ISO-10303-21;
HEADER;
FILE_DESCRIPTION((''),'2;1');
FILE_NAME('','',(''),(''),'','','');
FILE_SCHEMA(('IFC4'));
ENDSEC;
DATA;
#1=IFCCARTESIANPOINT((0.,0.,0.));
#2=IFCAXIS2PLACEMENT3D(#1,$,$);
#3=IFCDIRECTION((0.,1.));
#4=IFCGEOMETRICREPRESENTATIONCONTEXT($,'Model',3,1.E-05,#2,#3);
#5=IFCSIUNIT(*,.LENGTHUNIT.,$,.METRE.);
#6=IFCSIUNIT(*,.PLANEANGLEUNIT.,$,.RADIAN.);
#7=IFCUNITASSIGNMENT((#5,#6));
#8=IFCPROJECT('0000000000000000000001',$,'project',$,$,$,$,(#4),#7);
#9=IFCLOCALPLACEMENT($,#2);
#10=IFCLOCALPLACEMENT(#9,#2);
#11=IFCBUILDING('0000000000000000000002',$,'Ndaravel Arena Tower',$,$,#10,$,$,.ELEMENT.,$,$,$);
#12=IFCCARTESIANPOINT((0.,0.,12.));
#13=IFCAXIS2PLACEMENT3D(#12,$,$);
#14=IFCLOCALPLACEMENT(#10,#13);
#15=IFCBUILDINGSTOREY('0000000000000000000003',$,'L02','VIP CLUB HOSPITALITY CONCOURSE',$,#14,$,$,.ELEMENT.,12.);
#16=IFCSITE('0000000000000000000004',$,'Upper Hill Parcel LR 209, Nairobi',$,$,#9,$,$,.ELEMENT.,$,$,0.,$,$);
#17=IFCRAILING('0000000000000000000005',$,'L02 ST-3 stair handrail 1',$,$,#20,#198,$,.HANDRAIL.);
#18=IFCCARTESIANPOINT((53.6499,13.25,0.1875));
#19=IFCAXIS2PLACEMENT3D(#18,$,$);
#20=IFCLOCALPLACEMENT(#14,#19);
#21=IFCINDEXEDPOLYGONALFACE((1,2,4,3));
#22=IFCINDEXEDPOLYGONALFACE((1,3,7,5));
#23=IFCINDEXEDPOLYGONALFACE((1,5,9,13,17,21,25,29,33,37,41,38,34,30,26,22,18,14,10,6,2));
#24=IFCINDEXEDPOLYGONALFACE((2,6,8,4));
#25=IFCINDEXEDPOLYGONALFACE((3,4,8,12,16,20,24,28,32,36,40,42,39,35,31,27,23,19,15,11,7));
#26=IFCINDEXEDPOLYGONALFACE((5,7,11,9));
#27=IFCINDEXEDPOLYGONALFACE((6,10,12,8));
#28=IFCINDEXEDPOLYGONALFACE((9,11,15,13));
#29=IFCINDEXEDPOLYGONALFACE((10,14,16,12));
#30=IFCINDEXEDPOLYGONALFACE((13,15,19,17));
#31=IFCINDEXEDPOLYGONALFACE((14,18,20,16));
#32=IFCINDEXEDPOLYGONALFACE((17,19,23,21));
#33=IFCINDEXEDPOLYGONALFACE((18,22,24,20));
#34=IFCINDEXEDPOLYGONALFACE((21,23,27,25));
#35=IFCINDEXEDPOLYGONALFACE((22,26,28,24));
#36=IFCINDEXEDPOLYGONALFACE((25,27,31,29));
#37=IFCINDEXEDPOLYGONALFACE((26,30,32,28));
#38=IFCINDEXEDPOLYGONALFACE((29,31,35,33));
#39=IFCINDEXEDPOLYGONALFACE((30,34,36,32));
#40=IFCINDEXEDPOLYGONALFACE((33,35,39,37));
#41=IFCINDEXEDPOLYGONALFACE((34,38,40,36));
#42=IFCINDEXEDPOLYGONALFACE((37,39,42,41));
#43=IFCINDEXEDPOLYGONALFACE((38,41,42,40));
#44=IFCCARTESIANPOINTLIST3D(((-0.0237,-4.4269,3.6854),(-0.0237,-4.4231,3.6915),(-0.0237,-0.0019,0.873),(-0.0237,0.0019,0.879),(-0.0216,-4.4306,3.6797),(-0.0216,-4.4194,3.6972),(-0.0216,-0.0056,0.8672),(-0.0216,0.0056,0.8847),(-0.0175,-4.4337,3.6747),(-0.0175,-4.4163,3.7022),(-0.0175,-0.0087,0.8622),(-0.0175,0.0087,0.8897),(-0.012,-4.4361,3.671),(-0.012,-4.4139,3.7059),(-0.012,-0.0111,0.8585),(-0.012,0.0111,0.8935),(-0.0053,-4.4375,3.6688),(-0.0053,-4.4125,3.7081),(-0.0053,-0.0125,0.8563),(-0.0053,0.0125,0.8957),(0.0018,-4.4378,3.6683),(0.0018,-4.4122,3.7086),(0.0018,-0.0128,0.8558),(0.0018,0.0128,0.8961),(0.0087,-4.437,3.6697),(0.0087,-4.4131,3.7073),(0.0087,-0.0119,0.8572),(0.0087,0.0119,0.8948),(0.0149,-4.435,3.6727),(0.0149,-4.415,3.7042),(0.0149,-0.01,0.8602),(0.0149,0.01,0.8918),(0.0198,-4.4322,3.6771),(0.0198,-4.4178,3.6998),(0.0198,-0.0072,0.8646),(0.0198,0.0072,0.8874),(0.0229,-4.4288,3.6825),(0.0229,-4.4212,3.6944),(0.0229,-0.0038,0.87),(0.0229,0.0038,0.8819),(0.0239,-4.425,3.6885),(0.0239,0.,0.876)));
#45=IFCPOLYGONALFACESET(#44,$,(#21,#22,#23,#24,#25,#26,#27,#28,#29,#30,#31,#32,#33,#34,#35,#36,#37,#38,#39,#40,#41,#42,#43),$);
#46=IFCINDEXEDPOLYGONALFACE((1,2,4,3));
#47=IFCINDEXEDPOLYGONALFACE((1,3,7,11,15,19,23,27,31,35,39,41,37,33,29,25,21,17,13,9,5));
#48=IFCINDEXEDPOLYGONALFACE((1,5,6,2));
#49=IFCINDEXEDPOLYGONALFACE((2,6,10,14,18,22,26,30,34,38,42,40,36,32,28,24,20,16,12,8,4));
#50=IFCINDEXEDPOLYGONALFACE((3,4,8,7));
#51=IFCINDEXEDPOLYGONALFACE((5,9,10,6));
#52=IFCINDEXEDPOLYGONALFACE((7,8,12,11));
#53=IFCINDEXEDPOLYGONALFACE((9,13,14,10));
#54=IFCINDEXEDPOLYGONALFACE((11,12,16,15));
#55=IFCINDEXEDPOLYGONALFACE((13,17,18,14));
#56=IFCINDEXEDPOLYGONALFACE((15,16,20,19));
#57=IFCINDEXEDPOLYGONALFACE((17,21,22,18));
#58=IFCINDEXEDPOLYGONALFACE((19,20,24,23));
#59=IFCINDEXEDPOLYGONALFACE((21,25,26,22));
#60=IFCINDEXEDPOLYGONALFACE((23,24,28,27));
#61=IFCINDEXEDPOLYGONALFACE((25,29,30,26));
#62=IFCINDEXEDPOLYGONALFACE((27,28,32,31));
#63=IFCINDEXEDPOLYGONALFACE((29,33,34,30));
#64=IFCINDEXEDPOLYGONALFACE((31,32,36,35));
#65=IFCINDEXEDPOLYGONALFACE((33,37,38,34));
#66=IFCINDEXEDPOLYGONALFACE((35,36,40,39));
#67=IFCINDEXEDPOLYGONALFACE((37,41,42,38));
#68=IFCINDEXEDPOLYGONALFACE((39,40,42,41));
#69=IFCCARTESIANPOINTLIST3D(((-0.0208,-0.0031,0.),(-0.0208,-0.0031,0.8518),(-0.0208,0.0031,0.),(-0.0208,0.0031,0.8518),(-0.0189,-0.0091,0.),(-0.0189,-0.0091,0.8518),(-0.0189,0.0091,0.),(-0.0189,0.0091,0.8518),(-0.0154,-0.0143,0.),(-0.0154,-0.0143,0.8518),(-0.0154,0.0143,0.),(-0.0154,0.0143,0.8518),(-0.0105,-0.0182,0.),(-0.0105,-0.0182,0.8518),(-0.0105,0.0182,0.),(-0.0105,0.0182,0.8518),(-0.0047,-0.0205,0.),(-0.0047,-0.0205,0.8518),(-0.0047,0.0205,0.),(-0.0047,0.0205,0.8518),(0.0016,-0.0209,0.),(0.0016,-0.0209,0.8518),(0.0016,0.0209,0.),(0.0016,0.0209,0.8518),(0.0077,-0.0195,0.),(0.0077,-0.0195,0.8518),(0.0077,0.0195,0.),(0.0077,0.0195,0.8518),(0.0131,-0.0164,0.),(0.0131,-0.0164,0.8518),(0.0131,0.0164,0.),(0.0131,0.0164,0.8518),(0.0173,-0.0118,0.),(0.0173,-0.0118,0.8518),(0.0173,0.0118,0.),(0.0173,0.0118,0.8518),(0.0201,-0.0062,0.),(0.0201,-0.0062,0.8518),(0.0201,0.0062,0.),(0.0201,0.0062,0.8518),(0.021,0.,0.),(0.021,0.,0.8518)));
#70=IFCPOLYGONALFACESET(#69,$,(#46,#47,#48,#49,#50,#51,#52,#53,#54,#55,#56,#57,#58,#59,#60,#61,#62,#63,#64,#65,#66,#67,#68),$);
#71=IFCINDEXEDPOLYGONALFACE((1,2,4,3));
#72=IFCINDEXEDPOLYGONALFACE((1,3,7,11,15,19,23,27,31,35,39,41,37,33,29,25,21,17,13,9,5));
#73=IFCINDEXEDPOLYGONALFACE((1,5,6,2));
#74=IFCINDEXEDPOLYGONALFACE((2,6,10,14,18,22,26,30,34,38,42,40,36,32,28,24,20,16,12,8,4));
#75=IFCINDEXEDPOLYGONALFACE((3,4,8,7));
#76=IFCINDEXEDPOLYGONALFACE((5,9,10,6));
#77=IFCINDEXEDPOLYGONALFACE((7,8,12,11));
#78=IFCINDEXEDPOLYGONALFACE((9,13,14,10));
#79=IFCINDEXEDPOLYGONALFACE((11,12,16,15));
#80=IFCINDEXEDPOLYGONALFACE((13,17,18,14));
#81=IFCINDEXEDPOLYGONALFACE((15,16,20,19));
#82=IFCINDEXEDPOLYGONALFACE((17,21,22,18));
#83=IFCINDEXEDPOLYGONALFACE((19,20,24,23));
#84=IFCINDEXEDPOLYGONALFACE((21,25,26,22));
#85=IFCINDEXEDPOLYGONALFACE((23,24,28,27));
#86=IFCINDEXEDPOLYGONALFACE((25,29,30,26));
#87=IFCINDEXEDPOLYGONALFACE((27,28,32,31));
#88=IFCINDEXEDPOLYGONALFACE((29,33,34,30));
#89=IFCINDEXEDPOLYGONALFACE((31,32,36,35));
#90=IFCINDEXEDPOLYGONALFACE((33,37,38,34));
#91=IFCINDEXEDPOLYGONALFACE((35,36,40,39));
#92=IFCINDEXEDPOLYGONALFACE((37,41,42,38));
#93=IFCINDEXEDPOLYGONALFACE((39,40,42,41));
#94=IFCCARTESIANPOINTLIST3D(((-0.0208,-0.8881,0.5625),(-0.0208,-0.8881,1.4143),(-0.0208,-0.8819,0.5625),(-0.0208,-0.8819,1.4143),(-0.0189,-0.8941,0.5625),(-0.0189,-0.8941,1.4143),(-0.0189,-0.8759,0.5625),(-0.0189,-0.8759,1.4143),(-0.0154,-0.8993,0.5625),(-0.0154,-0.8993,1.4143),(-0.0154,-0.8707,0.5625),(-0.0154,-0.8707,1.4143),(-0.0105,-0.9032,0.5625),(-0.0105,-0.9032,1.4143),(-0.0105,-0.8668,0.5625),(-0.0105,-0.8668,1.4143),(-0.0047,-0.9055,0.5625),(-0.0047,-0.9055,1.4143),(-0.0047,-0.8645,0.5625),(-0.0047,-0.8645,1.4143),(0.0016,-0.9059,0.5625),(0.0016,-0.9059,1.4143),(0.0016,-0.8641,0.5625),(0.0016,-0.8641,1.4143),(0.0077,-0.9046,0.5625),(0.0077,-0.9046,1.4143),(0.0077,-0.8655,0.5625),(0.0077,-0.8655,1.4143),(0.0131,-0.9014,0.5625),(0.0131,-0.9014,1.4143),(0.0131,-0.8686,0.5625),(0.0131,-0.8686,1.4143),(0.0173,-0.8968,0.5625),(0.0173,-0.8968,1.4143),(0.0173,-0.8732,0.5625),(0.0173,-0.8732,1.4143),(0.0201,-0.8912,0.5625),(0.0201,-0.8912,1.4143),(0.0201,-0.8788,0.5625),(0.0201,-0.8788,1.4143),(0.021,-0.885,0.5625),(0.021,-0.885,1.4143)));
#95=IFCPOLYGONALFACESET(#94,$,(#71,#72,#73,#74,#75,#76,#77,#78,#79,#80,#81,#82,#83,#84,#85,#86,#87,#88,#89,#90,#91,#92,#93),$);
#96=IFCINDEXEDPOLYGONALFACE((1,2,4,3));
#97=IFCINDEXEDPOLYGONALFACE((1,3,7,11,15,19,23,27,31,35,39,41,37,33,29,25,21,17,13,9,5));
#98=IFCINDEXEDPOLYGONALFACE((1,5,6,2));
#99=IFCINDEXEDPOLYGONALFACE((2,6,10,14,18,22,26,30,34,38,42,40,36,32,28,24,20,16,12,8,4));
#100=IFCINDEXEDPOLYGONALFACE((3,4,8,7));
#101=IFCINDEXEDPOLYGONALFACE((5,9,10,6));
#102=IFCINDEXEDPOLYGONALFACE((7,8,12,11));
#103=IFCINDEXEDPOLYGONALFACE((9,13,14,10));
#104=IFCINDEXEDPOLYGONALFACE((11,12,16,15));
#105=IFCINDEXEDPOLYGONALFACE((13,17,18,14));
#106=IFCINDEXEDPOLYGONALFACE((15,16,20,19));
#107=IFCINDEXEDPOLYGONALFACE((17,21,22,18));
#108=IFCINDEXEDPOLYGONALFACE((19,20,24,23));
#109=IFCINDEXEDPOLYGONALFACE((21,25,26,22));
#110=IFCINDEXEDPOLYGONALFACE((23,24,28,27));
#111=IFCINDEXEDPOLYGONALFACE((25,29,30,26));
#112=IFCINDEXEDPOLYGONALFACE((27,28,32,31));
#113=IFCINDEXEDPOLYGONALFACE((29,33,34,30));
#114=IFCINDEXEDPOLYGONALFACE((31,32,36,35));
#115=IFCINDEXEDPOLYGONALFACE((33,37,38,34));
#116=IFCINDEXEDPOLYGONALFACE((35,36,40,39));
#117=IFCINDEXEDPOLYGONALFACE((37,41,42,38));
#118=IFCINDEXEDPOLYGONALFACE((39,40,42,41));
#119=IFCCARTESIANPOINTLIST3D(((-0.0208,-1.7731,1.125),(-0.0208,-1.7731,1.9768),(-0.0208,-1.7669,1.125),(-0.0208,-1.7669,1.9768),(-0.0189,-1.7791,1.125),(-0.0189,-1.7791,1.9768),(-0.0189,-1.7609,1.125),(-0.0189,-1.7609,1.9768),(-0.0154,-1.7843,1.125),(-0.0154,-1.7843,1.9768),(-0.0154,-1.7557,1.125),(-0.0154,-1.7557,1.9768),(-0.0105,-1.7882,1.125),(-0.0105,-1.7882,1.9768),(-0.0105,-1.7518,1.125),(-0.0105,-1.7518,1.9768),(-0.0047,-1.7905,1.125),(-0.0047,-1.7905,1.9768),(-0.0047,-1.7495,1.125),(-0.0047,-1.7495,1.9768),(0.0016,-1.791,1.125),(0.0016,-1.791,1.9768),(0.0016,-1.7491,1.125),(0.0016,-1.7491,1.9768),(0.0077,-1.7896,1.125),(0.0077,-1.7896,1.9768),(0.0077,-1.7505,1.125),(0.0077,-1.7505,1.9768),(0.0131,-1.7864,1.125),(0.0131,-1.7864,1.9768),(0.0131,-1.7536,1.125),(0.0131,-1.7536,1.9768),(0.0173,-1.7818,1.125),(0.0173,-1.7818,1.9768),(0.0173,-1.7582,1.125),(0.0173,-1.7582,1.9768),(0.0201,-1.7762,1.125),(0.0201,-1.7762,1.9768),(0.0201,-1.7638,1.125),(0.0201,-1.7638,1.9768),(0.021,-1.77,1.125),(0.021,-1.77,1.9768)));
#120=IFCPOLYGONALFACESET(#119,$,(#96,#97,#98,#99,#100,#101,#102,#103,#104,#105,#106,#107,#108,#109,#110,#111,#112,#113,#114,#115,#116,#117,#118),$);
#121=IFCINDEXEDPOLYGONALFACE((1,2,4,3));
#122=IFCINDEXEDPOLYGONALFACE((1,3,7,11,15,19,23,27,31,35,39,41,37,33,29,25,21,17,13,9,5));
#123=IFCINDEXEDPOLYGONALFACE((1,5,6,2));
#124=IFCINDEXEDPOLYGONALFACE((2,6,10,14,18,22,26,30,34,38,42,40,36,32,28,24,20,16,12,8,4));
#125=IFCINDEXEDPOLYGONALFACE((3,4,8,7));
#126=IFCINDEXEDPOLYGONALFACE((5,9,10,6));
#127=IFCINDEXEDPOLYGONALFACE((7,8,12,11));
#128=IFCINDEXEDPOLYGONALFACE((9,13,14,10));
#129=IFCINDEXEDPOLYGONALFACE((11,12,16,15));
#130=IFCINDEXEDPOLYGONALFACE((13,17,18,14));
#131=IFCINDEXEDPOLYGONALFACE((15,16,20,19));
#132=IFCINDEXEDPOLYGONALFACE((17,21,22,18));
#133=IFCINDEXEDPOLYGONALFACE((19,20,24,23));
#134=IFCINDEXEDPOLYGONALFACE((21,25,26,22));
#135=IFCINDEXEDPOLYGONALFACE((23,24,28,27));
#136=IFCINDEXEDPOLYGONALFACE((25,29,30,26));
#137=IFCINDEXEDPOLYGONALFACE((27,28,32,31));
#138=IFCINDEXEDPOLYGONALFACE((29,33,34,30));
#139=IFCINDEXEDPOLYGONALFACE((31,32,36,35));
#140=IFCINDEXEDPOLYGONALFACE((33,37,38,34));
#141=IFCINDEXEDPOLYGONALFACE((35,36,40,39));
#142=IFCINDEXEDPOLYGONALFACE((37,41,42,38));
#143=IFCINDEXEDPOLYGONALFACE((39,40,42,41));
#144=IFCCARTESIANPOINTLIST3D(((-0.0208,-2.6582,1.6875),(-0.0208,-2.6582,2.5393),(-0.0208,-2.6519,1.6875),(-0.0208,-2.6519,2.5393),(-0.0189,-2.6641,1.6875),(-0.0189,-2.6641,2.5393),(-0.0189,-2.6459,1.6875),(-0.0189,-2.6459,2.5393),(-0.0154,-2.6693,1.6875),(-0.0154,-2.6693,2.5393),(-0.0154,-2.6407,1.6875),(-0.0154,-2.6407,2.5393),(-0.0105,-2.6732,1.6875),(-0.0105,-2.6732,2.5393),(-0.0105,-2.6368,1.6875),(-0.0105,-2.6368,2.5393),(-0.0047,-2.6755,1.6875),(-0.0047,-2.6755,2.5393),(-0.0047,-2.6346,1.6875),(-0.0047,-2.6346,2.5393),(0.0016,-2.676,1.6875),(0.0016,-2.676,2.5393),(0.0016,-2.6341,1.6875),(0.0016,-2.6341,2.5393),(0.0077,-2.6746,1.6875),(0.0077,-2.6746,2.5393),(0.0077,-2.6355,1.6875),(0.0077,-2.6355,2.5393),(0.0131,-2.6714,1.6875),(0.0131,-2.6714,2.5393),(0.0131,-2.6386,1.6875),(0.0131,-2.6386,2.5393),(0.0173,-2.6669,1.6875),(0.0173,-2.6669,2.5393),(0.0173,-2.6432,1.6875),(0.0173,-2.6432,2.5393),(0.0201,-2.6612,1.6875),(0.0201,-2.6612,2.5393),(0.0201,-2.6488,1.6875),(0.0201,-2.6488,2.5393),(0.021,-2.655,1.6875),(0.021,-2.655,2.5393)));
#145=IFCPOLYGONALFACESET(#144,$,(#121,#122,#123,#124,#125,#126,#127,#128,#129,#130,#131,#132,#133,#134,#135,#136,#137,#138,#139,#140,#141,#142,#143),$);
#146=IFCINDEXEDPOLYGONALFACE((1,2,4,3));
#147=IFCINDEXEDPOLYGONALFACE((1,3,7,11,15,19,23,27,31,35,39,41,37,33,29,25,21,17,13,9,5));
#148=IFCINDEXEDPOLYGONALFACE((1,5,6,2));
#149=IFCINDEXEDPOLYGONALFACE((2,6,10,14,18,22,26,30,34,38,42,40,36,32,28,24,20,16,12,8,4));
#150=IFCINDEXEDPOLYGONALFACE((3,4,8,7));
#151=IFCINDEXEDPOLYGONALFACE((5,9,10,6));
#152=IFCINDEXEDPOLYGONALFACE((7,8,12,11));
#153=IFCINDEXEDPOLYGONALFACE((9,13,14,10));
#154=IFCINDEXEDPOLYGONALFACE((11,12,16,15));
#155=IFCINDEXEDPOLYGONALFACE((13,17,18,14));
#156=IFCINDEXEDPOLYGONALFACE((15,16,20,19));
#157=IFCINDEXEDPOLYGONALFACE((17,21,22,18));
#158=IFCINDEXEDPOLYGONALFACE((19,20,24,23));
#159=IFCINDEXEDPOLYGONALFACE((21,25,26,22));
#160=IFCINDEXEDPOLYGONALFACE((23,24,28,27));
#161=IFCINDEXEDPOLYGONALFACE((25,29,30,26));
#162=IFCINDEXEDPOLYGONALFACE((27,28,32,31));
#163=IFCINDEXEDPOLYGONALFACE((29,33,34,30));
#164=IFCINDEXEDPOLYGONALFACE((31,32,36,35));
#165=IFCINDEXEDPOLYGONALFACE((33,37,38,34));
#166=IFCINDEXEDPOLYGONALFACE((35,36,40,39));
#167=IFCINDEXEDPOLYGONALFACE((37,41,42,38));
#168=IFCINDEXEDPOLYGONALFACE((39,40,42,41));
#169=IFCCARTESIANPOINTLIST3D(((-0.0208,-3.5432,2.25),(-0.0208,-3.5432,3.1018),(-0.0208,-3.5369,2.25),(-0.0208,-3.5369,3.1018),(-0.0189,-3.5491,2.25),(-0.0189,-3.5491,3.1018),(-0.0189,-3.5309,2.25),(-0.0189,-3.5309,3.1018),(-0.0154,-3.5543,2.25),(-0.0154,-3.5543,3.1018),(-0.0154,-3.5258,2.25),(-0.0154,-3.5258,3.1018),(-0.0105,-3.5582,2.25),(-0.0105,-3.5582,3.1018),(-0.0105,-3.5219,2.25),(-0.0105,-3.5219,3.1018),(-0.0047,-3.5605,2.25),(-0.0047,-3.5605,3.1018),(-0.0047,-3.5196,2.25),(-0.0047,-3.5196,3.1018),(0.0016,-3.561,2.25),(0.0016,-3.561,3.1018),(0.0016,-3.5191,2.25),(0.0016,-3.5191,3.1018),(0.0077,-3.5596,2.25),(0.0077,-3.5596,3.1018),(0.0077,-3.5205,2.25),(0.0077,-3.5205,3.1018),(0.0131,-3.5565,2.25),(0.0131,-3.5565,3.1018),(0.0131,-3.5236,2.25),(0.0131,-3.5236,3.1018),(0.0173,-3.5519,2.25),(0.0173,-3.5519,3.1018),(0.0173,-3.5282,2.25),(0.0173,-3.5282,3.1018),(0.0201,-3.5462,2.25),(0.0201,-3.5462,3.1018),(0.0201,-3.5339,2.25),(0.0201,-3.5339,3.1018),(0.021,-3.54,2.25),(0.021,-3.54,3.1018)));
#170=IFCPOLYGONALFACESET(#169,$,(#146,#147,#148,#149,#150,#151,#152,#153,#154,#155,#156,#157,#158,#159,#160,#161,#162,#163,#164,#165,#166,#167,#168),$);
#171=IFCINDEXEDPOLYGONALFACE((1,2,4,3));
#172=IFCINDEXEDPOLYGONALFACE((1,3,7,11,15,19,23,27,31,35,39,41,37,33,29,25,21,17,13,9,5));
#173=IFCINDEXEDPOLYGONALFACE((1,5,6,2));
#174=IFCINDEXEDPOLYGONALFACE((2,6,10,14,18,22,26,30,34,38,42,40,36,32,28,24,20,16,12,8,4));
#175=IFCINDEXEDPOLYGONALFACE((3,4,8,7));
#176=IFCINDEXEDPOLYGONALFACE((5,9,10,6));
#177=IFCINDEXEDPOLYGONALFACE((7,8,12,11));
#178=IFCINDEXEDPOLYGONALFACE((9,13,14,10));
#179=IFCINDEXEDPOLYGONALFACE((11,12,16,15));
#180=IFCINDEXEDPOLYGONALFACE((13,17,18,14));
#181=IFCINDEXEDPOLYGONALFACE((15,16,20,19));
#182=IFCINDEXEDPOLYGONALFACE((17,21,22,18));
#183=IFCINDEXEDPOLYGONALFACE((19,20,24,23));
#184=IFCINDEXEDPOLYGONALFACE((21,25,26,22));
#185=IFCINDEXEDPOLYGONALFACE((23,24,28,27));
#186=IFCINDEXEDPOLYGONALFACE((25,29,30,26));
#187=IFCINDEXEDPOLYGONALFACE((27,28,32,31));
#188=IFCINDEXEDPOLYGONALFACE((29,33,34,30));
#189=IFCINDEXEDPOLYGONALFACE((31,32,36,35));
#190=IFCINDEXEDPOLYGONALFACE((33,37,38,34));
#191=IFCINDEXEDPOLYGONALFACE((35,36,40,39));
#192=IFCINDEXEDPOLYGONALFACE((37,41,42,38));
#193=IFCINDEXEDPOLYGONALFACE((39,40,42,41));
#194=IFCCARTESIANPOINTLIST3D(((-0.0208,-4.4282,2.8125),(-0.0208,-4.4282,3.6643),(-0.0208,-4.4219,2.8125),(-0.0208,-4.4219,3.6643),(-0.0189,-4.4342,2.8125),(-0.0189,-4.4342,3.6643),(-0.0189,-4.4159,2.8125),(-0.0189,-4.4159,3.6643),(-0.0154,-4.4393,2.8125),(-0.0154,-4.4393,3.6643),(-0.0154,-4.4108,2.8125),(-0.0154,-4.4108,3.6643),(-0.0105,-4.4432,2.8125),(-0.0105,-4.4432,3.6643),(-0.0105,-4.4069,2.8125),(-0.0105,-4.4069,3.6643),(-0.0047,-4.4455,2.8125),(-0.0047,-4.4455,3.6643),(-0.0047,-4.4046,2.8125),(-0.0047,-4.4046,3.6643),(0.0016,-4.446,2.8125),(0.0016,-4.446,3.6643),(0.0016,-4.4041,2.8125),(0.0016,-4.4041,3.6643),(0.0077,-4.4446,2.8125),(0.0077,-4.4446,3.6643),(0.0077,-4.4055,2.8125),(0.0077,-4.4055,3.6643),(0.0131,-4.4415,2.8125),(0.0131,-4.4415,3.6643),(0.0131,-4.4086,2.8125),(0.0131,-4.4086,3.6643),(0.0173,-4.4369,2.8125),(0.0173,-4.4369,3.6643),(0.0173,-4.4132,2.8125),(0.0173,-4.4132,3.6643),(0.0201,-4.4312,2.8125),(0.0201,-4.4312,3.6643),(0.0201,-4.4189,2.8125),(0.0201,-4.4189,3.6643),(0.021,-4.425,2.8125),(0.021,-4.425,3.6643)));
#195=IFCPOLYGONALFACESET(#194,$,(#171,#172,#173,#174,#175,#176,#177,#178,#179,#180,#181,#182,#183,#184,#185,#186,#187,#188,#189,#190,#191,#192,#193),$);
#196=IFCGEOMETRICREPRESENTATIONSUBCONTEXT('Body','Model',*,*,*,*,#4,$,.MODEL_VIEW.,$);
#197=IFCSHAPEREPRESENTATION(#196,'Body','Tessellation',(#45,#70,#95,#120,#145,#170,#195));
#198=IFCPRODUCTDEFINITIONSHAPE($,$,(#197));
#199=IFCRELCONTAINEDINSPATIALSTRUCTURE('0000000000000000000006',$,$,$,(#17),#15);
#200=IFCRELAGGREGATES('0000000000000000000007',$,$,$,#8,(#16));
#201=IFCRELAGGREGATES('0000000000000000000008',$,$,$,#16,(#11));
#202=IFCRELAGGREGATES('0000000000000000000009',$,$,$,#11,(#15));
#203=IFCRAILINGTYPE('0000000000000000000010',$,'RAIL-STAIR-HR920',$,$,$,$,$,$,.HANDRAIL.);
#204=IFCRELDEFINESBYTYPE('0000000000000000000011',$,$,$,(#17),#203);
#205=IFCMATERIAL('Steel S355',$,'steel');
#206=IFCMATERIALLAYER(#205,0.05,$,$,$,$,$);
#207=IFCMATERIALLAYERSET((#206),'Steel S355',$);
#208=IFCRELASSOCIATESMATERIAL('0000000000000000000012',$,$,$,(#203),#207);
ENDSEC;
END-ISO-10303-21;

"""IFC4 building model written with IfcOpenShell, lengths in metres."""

from ifc_helpers import new_model, si_unit, direction, frame, origin, origin_2d, place, context, subcontext, project, spatial, circle, extrude, material, layer, layer_set, type_object, element, save


model = new_model("IFC4")

# Units and contexts
model_context = context("Model", 3, precision=1e-05, world=origin(), true_north=direction((0.0, 1.0)))
body_context = subcontext(model_context, "Body", "Model", "MODEL_VIEW")
ifc_project = project(units=[si_unit("LENGTHUNIT", "METRE"), si_unit("PLANEANGLEUNIT", "RADIAN")], contexts=[model_context])

# Site, building, storey
site_placement = place(None, origin())
site = spatial("IfcSite", under=ifc_project, at=site_placement, Name="Upper Hill Parcel LR 209, Nairobi", CompositionType="ELEMENT", RefElevation=0.0)
building_placement = place(site_placement, origin())
building = spatial("IfcBuilding", under=site, at=building_placement, Name="Ndaravel Arena Tower", CompositionType="ELEMENT")
storey_placement = place(building_placement, frame((0.0, 0.0, 12.0)))
storey = spatial("IfcBuildingStorey", under=building, at=storey_placement, Name="L02", Description="VIP CLUB HOSPITALITY CONCOURSE", CompositionType="ELEMENT", Elevation=12.0)

# Railing
ifc_material_1 = material(Name="Steel S355", Category="steel")
ifc_layer_1 = layer(ifc_material_1, 0.05)
ifc_layer_set_1 = layer_set([ifc_layer_1], Name="Steel S355")
railing_type_1 = type_object("IfcRailingType", Name="RAIL-STAIR-HR920", PredefinedType="HANDRAIL", material=ifc_layer_set_1)
railing_1_placement = place(storey_placement, frame((53.6499, 13.25, 0.1875)))
element("IfcRailing", 1, at=railing_1_placement, inside=storey, type_object=railing_type_1, Name="L02 ST-3 stair handrail 1", PredefinedType="HANDRAIL", context=body_context, shape_type="SweptSolid", body=[
    extrude(circle(Radius=0.0239, at=origin_2d()), frame((0.0, 0.0, 0.876), z_axis=(0.0, -0.843959, 0.536408), x_axis=(1.0, 0.0, 0.0)), (0.0, 0.0, 1.0), 5.2432),
    extrude(circle(Radius=0.021, at=origin_2d()), origin(), (0.0, 0.0, 1.0), 0.8518),
    extrude(circle(Radius=0.021, at=origin_2d()), frame((0.0, -0.885, 0.5625)), (0.0, 0.0, 1.0), 0.8518),
    extrude(circle(Radius=0.021, at=origin_2d()), frame((0.0, -1.77, 1.125)), (0.0, 0.0, 1.0), 0.8518),
    extrude(circle(Radius=0.021, at=origin_2d()), frame((0.0, -2.655, 1.6875)), (0.0, 0.0, 1.0), 0.8518),
    extrude(circle(Radius=0.021, at=origin_2d()), frame((0.0, -3.54, 2.25)), (0.0, 0.0, 1.0), 0.8518),
    extrude(circle(Radius=0.021, at=origin_2d()), frame((0.0, -4.425, 2.8125)), (0.0, 0.0, 1.0), 0.8518),
])

save(model, "model.ifc")
